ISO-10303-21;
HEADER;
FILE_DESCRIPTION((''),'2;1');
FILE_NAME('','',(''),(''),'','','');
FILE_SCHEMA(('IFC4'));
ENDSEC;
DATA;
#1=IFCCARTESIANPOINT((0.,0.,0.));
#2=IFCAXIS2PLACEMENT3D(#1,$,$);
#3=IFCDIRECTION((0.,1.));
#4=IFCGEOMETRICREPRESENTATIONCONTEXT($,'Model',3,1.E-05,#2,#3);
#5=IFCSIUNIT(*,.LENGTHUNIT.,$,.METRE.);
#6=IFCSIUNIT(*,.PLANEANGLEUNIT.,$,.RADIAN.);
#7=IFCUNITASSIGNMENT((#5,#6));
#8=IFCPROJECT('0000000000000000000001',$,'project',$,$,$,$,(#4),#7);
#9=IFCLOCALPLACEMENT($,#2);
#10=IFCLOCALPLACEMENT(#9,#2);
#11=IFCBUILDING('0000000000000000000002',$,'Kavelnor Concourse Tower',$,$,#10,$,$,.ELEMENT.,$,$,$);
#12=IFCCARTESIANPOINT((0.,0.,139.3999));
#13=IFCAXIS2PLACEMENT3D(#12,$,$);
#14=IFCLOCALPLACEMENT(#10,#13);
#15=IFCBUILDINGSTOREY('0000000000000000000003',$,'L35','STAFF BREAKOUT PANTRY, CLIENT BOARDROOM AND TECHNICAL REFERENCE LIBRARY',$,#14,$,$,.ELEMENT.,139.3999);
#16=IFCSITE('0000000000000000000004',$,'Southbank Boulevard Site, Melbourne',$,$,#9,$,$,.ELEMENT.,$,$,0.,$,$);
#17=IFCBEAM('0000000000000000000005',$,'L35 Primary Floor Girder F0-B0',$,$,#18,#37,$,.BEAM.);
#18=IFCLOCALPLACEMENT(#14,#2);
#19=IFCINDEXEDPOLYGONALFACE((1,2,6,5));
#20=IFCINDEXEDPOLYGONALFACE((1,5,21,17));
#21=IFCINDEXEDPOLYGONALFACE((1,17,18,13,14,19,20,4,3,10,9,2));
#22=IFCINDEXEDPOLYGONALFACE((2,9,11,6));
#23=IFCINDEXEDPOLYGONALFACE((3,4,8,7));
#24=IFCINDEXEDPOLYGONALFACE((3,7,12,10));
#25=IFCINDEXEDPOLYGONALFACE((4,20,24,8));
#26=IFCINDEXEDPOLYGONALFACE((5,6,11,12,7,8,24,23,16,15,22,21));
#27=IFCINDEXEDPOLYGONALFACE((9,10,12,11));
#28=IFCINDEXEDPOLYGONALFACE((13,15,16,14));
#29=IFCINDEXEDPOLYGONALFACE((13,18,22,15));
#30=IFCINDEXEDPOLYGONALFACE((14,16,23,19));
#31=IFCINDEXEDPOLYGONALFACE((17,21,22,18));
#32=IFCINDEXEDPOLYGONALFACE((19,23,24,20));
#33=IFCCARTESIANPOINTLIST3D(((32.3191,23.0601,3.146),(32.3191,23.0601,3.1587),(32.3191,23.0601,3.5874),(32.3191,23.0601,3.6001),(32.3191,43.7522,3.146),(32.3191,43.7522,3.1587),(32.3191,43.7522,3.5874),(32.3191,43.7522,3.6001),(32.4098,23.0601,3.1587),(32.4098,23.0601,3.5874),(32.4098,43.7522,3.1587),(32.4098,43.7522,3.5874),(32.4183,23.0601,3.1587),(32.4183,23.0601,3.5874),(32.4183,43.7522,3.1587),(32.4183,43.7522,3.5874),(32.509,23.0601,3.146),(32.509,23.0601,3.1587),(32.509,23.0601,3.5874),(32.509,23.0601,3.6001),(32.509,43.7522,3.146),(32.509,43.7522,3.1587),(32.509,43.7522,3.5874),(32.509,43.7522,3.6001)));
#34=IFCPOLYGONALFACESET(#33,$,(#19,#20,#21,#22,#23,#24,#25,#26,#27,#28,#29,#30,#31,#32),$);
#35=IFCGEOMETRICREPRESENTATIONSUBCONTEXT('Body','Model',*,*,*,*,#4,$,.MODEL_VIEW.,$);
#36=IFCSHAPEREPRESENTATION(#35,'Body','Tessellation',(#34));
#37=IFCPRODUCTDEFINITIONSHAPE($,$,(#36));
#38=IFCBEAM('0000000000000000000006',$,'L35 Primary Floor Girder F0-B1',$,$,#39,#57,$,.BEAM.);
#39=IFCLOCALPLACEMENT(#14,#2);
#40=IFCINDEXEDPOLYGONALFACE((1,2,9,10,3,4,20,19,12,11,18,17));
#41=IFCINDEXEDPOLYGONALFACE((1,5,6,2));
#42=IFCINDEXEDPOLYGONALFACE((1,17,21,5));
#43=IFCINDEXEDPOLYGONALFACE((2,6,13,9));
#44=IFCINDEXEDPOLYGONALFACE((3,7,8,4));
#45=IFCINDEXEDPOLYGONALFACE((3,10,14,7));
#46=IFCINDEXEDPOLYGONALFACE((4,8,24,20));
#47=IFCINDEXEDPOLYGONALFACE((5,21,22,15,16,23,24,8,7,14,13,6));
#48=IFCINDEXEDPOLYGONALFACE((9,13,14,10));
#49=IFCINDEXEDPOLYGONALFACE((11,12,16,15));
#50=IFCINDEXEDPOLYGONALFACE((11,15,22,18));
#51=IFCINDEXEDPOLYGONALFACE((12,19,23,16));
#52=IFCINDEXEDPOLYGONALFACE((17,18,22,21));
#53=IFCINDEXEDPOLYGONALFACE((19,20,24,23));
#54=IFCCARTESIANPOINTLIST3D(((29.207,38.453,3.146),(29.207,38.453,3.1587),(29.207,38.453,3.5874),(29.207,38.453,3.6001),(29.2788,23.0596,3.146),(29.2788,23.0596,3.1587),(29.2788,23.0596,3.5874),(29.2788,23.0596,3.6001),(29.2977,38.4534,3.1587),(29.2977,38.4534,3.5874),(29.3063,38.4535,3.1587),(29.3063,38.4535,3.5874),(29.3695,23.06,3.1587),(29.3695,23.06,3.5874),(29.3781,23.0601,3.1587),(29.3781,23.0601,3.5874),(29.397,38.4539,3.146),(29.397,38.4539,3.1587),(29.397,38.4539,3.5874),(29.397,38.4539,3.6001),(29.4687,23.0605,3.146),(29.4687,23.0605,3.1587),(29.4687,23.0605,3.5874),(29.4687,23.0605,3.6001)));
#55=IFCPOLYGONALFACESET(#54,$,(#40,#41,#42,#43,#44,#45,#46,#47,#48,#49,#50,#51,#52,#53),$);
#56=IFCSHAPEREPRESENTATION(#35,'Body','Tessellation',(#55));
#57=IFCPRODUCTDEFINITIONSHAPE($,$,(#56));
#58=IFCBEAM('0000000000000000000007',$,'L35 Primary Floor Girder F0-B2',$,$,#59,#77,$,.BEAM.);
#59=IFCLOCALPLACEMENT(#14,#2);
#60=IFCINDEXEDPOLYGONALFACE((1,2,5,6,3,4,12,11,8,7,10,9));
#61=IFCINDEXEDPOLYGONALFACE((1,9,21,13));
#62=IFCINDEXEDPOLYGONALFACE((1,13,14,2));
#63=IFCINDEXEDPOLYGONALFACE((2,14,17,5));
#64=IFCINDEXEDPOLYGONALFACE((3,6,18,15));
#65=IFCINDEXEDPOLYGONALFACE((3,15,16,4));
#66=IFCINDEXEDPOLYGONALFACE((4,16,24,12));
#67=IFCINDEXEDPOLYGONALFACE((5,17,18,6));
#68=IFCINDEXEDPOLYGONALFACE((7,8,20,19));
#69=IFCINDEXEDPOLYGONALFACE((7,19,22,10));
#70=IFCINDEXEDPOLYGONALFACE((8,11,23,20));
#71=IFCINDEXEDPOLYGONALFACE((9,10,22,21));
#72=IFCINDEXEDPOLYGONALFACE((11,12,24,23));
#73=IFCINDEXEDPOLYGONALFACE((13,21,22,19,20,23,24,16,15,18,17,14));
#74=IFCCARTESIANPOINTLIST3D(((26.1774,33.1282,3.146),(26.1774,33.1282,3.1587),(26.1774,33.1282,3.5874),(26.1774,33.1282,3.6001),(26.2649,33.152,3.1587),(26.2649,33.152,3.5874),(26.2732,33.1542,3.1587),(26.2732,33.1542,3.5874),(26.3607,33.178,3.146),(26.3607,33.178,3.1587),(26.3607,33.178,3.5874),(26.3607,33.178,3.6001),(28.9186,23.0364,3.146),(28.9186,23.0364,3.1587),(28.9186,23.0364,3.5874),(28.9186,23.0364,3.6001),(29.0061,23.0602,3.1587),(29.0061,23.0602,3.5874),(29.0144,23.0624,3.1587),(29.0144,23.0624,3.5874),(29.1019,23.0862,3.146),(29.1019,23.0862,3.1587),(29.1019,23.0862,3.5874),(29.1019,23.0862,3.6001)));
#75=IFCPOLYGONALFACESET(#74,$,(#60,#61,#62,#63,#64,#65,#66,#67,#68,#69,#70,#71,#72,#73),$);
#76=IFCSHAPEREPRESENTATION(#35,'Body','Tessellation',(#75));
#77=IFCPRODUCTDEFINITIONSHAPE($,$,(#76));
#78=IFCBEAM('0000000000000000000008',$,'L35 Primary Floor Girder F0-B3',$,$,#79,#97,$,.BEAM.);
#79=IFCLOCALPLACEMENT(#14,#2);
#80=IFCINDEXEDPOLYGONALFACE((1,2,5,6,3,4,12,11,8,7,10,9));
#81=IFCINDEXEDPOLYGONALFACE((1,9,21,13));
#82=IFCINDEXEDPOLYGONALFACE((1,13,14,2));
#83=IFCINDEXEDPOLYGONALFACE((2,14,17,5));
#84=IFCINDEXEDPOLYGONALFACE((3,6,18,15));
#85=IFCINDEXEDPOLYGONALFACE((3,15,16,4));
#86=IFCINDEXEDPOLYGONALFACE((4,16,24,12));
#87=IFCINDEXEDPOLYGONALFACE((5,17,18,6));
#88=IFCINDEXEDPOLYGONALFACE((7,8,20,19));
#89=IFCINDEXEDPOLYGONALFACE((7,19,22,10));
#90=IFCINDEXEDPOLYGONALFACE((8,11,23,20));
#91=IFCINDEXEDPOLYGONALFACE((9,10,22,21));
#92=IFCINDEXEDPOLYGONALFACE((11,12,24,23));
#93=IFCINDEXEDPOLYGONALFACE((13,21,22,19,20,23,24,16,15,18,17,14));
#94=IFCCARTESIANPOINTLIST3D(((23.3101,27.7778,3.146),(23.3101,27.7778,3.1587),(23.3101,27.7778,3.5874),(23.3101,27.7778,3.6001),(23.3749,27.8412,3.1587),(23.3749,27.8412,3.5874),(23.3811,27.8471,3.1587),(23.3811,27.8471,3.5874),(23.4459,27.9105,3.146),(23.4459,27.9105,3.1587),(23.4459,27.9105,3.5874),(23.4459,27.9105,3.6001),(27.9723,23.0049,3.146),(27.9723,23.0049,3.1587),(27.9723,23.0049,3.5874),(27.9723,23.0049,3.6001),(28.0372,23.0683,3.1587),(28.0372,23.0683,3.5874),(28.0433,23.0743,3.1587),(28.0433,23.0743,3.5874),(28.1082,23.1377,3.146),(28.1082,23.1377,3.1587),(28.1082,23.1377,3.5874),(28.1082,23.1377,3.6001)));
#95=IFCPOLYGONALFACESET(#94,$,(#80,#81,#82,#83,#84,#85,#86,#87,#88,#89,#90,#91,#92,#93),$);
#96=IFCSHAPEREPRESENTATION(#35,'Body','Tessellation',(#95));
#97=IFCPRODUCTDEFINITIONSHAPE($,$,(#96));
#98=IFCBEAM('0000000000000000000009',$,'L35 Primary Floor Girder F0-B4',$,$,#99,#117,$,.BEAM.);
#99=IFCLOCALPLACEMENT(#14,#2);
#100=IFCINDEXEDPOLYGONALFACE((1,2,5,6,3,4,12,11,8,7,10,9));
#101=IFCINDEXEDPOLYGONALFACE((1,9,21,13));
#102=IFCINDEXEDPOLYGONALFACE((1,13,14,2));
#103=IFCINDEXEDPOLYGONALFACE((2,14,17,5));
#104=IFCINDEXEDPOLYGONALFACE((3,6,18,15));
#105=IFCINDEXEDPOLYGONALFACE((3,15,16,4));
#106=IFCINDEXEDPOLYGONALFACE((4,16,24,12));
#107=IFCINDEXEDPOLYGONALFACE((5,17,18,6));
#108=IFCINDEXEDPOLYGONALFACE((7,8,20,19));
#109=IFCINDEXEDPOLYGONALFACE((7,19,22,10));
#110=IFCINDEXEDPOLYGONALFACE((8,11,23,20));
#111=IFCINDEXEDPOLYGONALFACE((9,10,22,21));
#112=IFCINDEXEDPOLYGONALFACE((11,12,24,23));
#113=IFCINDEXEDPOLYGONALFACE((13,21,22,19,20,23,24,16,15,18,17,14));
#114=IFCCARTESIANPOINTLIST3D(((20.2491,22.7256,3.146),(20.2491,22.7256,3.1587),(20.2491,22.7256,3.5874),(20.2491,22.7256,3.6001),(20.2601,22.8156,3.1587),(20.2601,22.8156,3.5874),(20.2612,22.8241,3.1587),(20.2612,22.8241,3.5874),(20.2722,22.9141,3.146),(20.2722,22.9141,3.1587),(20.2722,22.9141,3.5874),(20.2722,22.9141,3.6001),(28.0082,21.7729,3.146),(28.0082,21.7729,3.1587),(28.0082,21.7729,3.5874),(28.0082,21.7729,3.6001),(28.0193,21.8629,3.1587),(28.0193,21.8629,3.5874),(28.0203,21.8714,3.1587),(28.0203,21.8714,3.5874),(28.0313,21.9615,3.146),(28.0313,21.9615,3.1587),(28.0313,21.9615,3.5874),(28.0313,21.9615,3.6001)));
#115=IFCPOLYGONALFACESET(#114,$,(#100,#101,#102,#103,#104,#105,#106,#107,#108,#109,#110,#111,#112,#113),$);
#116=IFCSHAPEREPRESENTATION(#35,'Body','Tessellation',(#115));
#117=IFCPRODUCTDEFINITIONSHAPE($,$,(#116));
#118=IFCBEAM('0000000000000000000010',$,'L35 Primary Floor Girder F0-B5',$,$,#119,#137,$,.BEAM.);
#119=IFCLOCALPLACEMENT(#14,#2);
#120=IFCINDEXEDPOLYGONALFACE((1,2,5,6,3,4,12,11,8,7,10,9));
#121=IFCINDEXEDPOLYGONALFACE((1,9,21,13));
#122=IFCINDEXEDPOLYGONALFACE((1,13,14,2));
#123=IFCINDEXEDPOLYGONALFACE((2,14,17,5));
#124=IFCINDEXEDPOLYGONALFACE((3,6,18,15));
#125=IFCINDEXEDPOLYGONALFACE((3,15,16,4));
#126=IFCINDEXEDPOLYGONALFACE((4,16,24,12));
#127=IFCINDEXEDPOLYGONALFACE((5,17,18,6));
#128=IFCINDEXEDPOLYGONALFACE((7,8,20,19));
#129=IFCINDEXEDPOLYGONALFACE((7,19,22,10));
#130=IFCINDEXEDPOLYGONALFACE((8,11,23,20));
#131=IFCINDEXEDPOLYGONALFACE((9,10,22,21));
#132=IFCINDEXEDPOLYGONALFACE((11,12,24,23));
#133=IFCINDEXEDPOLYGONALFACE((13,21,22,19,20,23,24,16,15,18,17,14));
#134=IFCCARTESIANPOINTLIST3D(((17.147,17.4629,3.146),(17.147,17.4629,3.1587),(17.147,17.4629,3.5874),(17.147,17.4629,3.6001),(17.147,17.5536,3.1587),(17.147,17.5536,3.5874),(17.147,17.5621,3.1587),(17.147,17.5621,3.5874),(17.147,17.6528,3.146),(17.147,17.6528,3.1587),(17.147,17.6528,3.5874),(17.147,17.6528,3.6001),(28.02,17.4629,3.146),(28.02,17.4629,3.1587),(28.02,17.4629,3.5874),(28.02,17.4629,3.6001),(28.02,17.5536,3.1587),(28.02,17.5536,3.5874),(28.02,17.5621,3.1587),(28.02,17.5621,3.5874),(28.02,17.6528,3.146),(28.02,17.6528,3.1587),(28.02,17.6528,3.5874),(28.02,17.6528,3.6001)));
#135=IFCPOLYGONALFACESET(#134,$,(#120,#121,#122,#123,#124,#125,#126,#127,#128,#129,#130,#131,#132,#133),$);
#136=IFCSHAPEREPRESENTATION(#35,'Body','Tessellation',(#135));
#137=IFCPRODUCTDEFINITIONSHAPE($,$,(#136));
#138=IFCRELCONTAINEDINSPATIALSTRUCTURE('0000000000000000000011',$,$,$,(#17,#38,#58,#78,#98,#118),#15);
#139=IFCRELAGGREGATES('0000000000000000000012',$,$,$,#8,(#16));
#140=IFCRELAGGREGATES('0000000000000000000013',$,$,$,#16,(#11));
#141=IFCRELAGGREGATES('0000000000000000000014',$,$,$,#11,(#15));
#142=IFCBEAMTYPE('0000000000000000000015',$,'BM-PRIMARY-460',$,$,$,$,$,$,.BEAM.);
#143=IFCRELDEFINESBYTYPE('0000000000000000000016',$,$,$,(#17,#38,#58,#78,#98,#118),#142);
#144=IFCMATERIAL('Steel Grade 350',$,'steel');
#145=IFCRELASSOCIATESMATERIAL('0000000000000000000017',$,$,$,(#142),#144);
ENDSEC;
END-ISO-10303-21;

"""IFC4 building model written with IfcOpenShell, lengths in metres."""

from ifc_helpers import new_model, si_unit, direction, frame, origin, origin_2d, place, context, subcontext, project, spatial, i_section, extrude, material, material_profile, profile_set, type_object, element, save


model = new_model("IFC4")

# Units and contexts
model_context = context("Model", 3, precision=1e-05, world=origin(), true_north=direction((0.0, 1.0)))
body_context = subcontext(model_context, "Body", "Model", "MODEL_VIEW")
ifc_project = project(units=[si_unit("LENGTHUNIT", "METRE"), si_unit("PLANEANGLEUNIT", "RADIAN")], contexts=[model_context])

# Site, building, storey
site_placement = place(None, origin())
site = spatial("IfcSite", under=ifc_project, at=site_placement, Name="Southbank Boulevard Site, Melbourne", CompositionType="ELEMENT", RefElevation=0.0)
building_placement = place(site_placement, origin())
building = spatial("IfcBuilding", under=site, at=building_placement, Name="Kavelnor Concourse Tower", CompositionType="ELEMENT")
storey_placement = place(building_placement, frame((0.0, 0.0, 139.3999)))
storey = spatial("IfcBuildingStorey", under=building, at=storey_placement, Name="L35", Description="STAFF BREAKOUT PANTRY, CLIENT BOARDROOM AND TECHNICAL REFERENCE LIBRARY", CompositionType="ELEMENT", Elevation=139.3999)

# Beams
ifc_material_1 = material(Name="Steel Grade 350", Category="steel")
ifc_material_profile = material_profile(ifc_material_1, i_section(OverallWidth=0.1899, OverallDepth=0.4541, WebThickness=0.0085, FlangeThickness=0.0127, at=origin_2d()), Name="460UB67")
ifc_profile_set = profile_set([ifc_material_profile], Name="Steel Grade 350")
beam_type = type_object("IfcBeamType", Name="BM-PRIMARY-460", PredefinedType="BEAM", material=ifc_profile_set)
beam_1_placement = place(storey_placement, frame((32.4141, 23.0601, 3.373), z_axis=(0.0, 1.0, 0.0), x_axis=(-1.0, 0.0, 0.0)))
element("IfcBeam", 1, at=beam_1_placement, inside=storey, type_object=beam_type, Name="L35 Primary Floor Girder F0-B0", PredefinedType="BEAM", context=body_context, shape_type="SweptSolid", body=[
    extrude(i_section(OverallWidth=0.1899, OverallDepth=0.4541, WebThickness=0.0085, FlangeThickness=0.0127, at=origin_2d()), origin(), (0.0, 0.0, 1.0), 20.6921),
])
beam_2_placement = place(storey_placement, frame((29.3738, 23.0601, 3.373), z_axis=(-0.004663, 0.999989, 0.0), x_axis=(-0.999989, -0.004663, 0.0)))
element("IfcBeam", 2, at=beam_2_placement, inside=storey, type_object=beam_type, Name="L35 Primary Floor Girder F0-B1", PredefinedType="BEAM", context=body_context, shape_type="SweptSolid", body=[
    extrude(i_section(OverallWidth=0.1899, OverallDepth=0.4541, WebThickness=0.0085, FlangeThickness=0.0127, at=origin_2d()), origin(), (0.0, 0.0, 1.0), 15.3936),
])
beam_3_placement = place(storey_placement, frame((29.0103, 23.0613, 3.373), z_axis=(-0.26213, 0.965033, 0.0), x_axis=(-0.965033, -0.26213, 0.0)))
element("IfcBeam", 3, at=beam_3_placement, inside=storey, type_object=beam_type, Name="L35 Primary Floor Girder F0-B2", PredefinedType="BEAM", context=body_context, shape_type="SweptSolid", body=[
    extrude(i_section(OverallWidth=0.1899, OverallDepth=0.4541, WebThickness=0.0085, FlangeThickness=0.0127, at=origin_2d()), origin(), (0.0, 0.0, 1.0), 10.4575),
])
beam_4_placement = place(storey_placement, frame((28.0403, 23.0713, 3.373), z_axis=(-0.69877, 0.715346, 0.0), x_axis=(-0.715346, -0.69877, 0.0)))
element("IfcBeam", 4, at=beam_4_placement, inside=storey, type_object=beam_type, Name="L35 Primary Floor Girder F0-B3", PredefinedType="BEAM", context=body_context, shape_type="SweptSolid", body=[
    extrude(i_section(OverallWidth=0.1899, OverallDepth=0.4541, WebThickness=0.0085, FlangeThickness=0.0127, at=origin_2d()), origin(), (0.0, 0.0, 1.0), 6.6721),
])
beam_5_placement = place(storey_placement, frame((28.0198, 21.8672, 3.373), z_axis=(-0.992547, 0.121863, 0.0), x_axis=(-0.121863, -0.992547, 0.0)))
element("IfcBeam", 5, at=beam_5_placement, inside=storey, type_object=beam_type, Name="L35 Primary Floor Girder F0-B4", PredefinedType="BEAM", context=body_context, shape_type="SweptSolid", body=[
    extrude(i_section(OverallWidth=0.1899, OverallDepth=0.4541, WebThickness=0.0085, FlangeThickness=0.0127, at=origin_2d()), origin(), (0.0, 0.0, 1.0), 7.8174),
])
beam_6_placement = place(storey_placement, frame((28.02, 17.5579, 3.373), z_axis=(-1.0, 0.0, 0.0), x_axis=(0.0, -1.0, 0.0)))
element("IfcBeam", 6, at=beam_6_placement, inside=storey, type_object=beam_type, Name="L35 Primary Floor Girder F0-B5", PredefinedType="BEAM", context=body_context, shape_type="SweptSolid", body=[
    extrude(i_section(OverallWidth=0.1899, OverallDepth=0.4541, WebThickness=0.0085, FlangeThickness=0.0127, at=origin_2d()), origin(), (0.0, 0.0, 1.0), 10.873),
])

save(model, "model.ifc")
